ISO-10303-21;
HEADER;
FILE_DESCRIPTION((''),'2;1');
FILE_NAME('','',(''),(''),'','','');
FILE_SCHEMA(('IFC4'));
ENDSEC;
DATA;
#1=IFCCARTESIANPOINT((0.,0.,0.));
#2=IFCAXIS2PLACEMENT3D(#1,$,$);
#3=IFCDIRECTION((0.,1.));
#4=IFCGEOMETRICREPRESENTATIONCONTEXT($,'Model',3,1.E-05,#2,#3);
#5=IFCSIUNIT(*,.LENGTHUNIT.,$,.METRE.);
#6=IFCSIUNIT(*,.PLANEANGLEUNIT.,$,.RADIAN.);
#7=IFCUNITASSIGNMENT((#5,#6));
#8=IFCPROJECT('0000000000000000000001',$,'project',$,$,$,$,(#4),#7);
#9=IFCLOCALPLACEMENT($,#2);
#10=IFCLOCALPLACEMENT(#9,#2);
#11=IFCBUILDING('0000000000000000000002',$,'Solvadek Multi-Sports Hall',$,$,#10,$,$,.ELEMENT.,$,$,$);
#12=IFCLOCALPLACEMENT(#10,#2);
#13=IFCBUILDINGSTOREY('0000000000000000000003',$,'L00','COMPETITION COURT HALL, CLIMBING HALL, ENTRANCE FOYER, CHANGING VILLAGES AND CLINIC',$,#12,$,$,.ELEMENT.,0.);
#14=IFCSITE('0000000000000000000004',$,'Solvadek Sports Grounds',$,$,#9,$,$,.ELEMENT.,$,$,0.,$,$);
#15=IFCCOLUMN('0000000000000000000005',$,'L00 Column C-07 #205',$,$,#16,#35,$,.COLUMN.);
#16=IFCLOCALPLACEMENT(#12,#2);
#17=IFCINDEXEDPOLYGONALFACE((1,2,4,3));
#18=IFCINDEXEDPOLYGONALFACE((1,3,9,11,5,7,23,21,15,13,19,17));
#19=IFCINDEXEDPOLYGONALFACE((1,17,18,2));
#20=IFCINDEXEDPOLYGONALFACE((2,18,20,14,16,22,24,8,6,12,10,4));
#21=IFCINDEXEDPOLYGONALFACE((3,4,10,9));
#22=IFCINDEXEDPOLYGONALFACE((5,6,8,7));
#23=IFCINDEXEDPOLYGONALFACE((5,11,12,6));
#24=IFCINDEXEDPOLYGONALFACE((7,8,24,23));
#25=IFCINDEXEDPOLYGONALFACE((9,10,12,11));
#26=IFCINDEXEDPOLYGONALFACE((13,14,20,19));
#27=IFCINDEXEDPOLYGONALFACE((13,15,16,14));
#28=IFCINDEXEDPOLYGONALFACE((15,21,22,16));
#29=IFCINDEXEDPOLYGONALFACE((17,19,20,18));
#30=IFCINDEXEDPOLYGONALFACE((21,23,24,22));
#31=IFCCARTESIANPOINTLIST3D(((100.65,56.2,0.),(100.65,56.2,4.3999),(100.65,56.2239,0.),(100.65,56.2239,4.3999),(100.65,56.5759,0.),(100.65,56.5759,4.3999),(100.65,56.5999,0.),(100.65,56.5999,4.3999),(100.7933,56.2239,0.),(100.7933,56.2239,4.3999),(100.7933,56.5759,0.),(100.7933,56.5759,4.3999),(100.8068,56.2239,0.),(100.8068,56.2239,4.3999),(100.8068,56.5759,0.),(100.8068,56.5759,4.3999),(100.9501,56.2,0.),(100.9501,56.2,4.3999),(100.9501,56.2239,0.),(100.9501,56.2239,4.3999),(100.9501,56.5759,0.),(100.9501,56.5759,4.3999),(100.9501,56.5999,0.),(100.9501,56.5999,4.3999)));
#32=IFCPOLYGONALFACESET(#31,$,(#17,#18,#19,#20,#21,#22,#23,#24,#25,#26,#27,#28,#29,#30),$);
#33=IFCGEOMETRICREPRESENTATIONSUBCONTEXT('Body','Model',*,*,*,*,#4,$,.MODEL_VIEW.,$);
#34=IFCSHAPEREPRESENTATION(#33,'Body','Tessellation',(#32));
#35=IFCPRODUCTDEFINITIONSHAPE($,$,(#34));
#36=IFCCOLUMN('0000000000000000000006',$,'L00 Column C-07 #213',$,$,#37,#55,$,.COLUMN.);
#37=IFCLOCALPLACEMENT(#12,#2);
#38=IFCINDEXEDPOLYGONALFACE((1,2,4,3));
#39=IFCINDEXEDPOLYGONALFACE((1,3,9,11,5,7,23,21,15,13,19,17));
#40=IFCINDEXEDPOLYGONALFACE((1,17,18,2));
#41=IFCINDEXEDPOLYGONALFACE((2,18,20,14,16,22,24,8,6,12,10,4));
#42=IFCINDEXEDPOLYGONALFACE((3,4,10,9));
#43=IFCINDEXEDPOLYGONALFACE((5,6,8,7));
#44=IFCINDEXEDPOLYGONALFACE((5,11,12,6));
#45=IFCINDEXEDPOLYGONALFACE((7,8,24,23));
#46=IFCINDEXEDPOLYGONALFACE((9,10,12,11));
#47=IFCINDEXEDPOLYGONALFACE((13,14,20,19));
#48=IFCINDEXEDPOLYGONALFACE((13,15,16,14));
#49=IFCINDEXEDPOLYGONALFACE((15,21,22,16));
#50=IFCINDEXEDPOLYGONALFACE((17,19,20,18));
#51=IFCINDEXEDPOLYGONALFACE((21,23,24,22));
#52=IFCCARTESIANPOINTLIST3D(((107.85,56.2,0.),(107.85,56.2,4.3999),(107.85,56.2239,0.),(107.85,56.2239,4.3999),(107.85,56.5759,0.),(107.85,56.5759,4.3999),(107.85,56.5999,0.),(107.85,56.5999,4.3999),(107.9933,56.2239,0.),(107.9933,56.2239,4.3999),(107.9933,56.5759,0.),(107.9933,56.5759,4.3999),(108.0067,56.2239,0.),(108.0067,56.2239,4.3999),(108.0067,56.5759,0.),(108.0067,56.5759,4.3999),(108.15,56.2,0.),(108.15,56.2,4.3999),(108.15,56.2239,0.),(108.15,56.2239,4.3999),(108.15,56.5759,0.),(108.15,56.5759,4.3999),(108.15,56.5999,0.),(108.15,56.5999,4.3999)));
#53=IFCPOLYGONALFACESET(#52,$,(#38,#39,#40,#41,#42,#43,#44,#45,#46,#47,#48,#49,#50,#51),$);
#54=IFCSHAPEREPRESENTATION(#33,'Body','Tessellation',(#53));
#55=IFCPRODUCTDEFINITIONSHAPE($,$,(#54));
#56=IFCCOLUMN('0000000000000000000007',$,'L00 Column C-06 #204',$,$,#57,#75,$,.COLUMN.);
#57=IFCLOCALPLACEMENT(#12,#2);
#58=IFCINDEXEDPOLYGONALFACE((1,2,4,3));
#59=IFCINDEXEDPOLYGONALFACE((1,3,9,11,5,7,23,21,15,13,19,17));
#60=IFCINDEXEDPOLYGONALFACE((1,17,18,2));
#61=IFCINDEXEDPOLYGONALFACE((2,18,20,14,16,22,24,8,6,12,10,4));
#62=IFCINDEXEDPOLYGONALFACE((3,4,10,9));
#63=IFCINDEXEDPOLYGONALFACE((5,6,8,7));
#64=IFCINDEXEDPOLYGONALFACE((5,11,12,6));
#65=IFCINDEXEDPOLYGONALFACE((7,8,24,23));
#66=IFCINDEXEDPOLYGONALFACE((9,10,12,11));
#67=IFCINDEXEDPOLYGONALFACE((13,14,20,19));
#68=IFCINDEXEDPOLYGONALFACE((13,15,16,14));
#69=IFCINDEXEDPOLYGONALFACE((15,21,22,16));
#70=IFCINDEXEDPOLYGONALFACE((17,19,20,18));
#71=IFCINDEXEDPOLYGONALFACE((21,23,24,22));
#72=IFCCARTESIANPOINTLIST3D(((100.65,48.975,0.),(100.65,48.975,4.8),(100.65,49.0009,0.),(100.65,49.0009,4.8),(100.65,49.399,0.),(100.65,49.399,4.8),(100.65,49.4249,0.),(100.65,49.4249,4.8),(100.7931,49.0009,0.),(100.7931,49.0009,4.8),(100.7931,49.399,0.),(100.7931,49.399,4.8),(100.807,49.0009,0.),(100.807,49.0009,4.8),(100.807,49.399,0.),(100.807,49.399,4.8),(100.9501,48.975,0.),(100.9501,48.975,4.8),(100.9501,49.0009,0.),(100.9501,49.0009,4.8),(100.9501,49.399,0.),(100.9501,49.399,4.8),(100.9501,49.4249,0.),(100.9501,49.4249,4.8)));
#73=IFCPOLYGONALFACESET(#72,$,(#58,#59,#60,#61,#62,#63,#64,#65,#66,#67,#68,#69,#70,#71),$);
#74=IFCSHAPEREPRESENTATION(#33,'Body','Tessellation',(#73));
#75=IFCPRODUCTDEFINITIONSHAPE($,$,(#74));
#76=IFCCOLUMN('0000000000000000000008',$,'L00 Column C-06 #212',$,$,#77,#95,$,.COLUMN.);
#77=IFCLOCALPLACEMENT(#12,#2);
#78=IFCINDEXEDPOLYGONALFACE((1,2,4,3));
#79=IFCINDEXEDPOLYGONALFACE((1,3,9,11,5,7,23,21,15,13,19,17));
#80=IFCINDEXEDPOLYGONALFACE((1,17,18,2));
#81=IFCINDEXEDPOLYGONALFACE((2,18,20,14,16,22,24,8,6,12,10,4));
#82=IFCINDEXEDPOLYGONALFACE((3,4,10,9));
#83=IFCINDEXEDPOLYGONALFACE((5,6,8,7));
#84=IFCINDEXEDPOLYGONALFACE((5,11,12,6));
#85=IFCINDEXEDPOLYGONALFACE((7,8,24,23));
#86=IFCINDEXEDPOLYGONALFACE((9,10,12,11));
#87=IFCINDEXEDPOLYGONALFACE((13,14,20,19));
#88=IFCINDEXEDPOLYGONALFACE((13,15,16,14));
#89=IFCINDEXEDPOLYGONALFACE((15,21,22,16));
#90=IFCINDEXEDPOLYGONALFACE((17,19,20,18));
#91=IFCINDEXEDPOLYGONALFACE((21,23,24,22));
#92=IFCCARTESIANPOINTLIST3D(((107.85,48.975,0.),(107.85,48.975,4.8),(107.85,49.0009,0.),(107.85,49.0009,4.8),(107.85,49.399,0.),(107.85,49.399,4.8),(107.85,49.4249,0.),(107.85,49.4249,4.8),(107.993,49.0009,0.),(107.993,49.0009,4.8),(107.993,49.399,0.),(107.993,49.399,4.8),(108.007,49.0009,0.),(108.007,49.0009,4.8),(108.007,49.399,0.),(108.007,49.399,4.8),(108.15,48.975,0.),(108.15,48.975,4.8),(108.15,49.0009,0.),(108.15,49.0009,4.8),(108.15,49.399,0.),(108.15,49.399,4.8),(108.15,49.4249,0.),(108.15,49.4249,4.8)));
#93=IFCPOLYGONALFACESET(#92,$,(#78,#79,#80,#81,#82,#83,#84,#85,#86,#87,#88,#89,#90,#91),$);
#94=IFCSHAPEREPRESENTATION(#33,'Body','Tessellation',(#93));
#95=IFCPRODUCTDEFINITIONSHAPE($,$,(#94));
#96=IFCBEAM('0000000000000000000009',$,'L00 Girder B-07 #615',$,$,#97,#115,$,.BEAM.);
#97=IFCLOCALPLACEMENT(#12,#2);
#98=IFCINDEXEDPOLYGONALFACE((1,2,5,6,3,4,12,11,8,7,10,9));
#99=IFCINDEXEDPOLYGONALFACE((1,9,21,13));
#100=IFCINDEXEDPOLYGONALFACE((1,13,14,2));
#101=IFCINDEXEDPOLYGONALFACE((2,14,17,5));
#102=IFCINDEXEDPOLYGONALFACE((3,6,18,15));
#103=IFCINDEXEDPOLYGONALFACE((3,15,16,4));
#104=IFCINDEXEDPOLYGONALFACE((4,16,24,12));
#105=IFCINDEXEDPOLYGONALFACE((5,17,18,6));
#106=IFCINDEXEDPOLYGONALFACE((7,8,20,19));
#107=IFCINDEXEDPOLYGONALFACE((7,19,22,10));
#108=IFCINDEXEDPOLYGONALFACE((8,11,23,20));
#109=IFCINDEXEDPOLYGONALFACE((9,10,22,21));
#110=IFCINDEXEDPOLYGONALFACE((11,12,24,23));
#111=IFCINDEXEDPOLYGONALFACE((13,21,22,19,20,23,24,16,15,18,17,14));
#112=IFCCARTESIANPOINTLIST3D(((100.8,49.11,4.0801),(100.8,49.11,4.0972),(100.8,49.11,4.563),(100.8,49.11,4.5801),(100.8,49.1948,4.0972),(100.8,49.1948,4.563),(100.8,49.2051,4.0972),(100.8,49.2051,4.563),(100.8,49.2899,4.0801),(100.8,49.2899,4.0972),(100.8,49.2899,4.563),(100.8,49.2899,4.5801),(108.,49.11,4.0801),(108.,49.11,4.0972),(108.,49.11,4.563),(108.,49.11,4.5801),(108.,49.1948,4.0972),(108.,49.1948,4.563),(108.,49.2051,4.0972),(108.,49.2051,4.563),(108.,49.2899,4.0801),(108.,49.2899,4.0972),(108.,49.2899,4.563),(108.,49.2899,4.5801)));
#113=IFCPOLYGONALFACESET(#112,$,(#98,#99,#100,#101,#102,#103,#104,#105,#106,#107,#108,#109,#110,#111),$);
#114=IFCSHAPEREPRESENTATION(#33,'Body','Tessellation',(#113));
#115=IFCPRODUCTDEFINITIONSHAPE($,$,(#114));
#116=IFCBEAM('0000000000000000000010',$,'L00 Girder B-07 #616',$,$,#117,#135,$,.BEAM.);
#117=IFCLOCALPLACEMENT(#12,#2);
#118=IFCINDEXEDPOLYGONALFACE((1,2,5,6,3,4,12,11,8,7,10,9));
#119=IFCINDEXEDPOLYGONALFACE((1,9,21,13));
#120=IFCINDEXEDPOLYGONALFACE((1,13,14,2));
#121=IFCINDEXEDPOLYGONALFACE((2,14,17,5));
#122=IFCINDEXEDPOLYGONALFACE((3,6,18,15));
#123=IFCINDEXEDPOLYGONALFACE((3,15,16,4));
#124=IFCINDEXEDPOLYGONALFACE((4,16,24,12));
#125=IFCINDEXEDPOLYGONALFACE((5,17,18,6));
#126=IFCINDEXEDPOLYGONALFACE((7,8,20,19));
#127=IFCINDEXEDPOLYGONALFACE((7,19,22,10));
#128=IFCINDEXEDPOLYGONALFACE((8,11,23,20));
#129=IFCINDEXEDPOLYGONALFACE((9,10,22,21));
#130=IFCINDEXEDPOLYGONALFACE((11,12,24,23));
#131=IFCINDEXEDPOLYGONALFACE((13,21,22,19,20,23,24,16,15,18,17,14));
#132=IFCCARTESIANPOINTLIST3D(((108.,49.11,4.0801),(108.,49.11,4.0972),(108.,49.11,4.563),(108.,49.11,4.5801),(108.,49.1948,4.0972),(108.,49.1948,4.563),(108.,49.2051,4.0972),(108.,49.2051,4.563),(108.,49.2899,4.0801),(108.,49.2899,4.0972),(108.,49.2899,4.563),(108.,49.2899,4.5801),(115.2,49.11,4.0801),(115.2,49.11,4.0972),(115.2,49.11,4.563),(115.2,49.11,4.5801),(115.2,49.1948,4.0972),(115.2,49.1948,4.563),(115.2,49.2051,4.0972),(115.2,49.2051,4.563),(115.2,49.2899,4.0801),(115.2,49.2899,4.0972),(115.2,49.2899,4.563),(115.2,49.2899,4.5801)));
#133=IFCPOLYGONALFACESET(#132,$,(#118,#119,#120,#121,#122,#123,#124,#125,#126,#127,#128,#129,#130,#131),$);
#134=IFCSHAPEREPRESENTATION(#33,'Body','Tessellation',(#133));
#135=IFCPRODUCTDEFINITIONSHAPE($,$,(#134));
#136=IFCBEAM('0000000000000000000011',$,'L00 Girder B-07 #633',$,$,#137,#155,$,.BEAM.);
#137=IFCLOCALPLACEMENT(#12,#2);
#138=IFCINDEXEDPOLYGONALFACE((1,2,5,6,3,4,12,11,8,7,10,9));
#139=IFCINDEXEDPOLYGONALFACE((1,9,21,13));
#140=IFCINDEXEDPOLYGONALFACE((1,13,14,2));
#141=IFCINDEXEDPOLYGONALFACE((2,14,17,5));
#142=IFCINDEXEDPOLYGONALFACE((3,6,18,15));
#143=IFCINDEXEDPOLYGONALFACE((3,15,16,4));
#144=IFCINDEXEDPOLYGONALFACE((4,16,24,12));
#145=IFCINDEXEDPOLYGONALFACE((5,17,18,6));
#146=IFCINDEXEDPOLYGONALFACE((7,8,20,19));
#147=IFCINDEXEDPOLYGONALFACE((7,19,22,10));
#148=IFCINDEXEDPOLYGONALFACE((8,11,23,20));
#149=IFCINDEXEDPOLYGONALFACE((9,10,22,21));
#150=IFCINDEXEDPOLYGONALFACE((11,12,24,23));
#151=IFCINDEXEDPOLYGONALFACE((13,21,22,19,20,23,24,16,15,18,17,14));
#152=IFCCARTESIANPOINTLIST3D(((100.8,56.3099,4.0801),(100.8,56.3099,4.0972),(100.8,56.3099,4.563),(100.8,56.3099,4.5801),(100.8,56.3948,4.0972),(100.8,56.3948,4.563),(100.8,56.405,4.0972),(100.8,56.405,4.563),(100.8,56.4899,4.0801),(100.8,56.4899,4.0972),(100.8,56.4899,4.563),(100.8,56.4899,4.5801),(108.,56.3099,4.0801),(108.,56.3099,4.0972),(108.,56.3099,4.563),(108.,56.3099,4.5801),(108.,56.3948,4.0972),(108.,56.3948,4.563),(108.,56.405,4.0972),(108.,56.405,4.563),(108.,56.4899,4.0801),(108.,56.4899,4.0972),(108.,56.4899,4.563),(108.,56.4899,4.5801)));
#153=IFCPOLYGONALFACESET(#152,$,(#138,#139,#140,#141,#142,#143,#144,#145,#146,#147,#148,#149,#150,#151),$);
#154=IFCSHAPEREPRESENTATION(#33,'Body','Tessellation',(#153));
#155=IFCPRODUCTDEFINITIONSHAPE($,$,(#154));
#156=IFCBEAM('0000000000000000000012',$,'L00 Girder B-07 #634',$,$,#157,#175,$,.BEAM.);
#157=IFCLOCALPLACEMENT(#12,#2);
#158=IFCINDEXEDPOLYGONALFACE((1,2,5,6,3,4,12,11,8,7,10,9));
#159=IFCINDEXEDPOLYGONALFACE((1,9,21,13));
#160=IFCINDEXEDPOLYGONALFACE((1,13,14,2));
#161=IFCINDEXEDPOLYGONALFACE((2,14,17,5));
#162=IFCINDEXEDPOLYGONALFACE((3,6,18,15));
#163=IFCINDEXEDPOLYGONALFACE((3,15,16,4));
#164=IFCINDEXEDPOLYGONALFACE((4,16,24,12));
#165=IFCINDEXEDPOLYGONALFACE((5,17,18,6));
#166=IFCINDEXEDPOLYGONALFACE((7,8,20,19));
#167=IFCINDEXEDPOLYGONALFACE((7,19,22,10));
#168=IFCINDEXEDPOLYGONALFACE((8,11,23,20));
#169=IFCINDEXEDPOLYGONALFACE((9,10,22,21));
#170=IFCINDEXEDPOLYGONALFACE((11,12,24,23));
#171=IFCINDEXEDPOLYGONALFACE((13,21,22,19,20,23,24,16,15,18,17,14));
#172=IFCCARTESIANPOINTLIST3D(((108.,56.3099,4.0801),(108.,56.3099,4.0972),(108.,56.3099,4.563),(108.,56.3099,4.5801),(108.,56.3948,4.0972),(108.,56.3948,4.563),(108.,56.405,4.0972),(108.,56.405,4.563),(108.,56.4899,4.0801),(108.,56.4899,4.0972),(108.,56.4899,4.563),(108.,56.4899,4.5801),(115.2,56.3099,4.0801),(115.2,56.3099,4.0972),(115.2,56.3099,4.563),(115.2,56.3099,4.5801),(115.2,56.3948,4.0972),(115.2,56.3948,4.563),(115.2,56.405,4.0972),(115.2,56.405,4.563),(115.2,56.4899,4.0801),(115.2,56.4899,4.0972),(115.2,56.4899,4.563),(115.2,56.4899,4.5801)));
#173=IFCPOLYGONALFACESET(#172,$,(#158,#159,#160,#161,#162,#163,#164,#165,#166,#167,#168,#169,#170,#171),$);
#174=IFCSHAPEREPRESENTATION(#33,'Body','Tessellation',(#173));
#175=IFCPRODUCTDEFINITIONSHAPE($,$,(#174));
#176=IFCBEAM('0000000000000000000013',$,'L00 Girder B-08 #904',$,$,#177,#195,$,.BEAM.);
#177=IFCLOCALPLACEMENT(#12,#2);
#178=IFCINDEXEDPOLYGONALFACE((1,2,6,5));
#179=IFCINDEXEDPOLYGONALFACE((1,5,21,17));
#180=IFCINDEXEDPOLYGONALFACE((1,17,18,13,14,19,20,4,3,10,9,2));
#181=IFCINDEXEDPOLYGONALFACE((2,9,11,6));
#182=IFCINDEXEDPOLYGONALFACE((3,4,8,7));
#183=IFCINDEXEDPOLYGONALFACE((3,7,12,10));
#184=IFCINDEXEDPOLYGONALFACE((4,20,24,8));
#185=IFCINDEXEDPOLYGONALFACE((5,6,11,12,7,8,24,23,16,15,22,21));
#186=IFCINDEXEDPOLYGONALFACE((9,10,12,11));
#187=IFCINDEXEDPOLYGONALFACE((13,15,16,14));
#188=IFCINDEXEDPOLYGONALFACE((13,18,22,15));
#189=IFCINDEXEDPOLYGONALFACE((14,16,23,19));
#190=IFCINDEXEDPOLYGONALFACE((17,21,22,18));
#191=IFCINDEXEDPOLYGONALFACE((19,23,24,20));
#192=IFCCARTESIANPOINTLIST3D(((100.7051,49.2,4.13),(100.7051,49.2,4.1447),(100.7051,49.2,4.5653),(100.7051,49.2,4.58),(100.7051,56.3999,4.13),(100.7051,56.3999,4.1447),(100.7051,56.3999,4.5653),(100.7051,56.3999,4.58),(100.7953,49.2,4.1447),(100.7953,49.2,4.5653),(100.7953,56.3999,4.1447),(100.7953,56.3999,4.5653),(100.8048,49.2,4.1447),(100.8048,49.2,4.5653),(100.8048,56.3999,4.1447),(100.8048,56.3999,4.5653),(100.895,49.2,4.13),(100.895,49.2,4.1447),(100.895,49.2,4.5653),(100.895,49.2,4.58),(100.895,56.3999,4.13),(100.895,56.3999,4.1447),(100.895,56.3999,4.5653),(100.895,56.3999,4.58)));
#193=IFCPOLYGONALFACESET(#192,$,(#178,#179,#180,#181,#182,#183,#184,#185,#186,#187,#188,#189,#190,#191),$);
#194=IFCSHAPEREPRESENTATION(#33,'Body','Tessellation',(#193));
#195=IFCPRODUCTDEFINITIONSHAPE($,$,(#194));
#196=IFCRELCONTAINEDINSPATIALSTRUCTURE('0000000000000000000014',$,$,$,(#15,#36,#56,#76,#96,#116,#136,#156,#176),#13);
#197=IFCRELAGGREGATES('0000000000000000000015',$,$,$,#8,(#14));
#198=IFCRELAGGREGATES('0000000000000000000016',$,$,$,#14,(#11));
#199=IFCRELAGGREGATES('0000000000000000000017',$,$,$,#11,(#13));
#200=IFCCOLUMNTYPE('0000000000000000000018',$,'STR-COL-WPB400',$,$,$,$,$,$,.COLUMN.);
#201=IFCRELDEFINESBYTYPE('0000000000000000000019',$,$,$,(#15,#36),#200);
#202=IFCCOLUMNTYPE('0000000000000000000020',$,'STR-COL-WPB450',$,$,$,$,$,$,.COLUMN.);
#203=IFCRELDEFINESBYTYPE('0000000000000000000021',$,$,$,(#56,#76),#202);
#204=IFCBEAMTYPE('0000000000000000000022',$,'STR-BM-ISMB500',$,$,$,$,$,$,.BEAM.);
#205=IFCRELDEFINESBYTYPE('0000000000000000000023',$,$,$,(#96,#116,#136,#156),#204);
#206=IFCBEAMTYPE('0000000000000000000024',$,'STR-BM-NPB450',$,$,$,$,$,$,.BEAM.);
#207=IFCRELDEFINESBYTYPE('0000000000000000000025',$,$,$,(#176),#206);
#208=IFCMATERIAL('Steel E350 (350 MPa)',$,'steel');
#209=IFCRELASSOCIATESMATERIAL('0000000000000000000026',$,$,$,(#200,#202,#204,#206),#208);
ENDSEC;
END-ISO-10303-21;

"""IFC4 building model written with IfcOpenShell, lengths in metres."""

from ifc_helpers import new_model, si_unit, direction, frame, origin, origin_2d, place, context, subcontext, project, spatial, i_section, extrude, material, material_profile, profile_set, type_object, element, save


model = new_model("IFC4")

# Units and contexts
model_context = context("Model", 3, precision=1e-05, world=origin(), true_north=direction((0.0, 1.0)))
body_context = subcontext(model_context, "Body", "Model", "MODEL_VIEW")
ifc_project = project(units=[si_unit("LENGTHUNIT", "METRE"), si_unit("PLANEANGLEUNIT", "RADIAN")], contexts=[model_context])

# Site, building, storey
site_placement = place(None, origin())
site = spatial("IfcSite", under=ifc_project, at=site_placement, Name="Solvadek Sports Grounds", CompositionType="ELEMENT", RefElevation=0.0)
building_placement = place(site_placement, origin())
building = spatial("IfcBuilding", under=site, at=building_placement, Name="Solvadek Multi-Sports Hall", CompositionType="ELEMENT")
storey_placement = place(building_placement, origin())
storey = spatial("IfcBuildingStorey", under=building, at=storey_placement, Name="L00", Description="COMPETITION COURT HALL, CLIMBING HALL, ENTRANCE FOYER, CHANGING VILLAGES AND CLINIC", CompositionType="ELEMENT", Elevation=0.0)

# Columns
ifc_material_1 = material(Name="Steel E350 (350 MPa)", Category="steel")
ifc_material_profile_1 = material_profile(ifc_material_1, i_section(OverallWidth=0.3, OverallDepth=0.3999, WebThickness=0.0134, FlangeThickness=0.0239, at=origin_2d()), Name="WPB 400")
ifc_profile_set_1 = profile_set([ifc_material_profile_1], Name="Steel E350 (350 MPa)")
column_type_1 = type_object("IfcColumnType", Name="STR-COL-WPB400", PredefinedType="COLUMN", material=ifc_profile_set_1)
for number, where, z_axis, x_axis, name in (
    (1, (100.8, 56.3999, 0.0), (0.0, 0.0, 1.0), (1.0, 0.0, 0.0), "L00 Column C-07 #205"),
    (2, (108.0, 56.3999, 0.0), (0.0, 0.0, 1.0), (1.0, 0.0, 0.0), "L00 Column C-07 #213"),
):
    element("IfcColumn", number, at=place(storey_placement, frame(where, z_axis=z_axis, x_axis=x_axis)), inside=storey, type_object=column_type_1, Name=name, PredefinedType="COLUMN", context=body_context, shape_type="SweptSolid", body=[
        extrude(i_section(OverallWidth=0.3, OverallDepth=0.3999, WebThickness=0.0134, FlangeThickness=0.0239, at=origin_2d()), origin(), (0.0, 0.0, 1.0), 4.3999),
    ])
ifc_material_profile_2 = material_profile(ifc_material_1, i_section(OverallWidth=0.3, OverallDepth=0.45, WebThickness=0.0139, FlangeThickness=0.0259, at=origin_2d()), Name="WPB 450")
ifc_profile_set_2 = profile_set([ifc_material_profile_2], Name="Steel E350 (350 MPa)")
column_type_2 = type_object("IfcColumnType", Name="STR-COL-WPB450", PredefinedType="COLUMN", material=ifc_profile_set_2)
for number, where, z_axis, x_axis, name in (
    (3, (100.8, 49.2, 0.0), (0.0, 0.0, 1.0), (1.0, 0.0, 0.0), "L00 Column C-06 #204"),
    (4, (108.0, 49.2, 0.0), (0.0, 0.0, 1.0), (1.0, 0.0, 0.0), "L00 Column C-06 #212"),
):
    element("IfcColumn", number, at=place(storey_placement, frame(where, z_axis=z_axis, x_axis=x_axis)), inside=storey, type_object=column_type_2, Name=name, PredefinedType="COLUMN", context=body_context, shape_type="SweptSolid", body=[
        extrude(i_section(OverallWidth=0.3, OverallDepth=0.45, WebThickness=0.0139, FlangeThickness=0.0259, at=origin_2d()), origin(), (0.0, 0.0, 1.0), 4.8),
    ])

# Beams
ifc_material_profile_3 = material_profile(ifc_material_1, i_section(OverallWidth=0.1799, OverallDepth=0.5, WebThickness=0.0103, FlangeThickness=0.0171, at=origin_2d()), Name="ISMB 500")
ifc_profile_set_3 = profile_set([ifc_material_profile_3], Name="Steel E350 (350 MPa)")
beam_type_1 = type_object("IfcBeamType", Name="STR-BM-ISMB500", PredefinedType="BEAM", material=ifc_profile_set_3)
for number, where, z_axis, x_axis, name in (
    (5, (100.8, 49.2, 4.3301), (1.0, 0.0, 0.0), (0.0, 1.0, 0.0), "L00 Girder B-07 #615"),
    (6, (108.0, 49.2, 4.3301), (1.0, 0.0, 0.0), (0.0, 1.0, 0.0), "L00 Girder B-07 #616"),
    (7, (100.8, 56.3999, 4.3301), (1.0, 0.0, 0.0), (0.0, 1.0, 0.0), "L00 Girder B-07 #633"),
    (8, (108.0, 56.3999, 4.3301), (1.0, 0.0, 0.0), (0.0, 1.0, 0.0), "L00 Girder B-07 #634"),
):
    element("IfcBeam", number, at=place(storey_placement, frame(where, z_axis=z_axis, x_axis=x_axis)), inside=storey, type_object=beam_type_1, Name=name, PredefinedType="BEAM", context=body_context, shape_type="SweptSolid", body=[
        extrude(i_section(OverallWidth=0.1799, OverallDepth=0.5, WebThickness=0.0103, FlangeThickness=0.0171, at=origin_2d()), origin(), (0.0, 0.0, 1.0), 7.2),
    ])
ifc_material_profile_4 = material_profile(ifc_material_1, i_section(OverallWidth=0.1899, OverallDepth=0.45, WebThickness=0.0095, FlangeThickness=0.0146, at=origin_2d()), Name="NPB 450")
ifc_profile_set_4 = profile_set([ifc_material_profile_4], Name="Steel E350 (350 MPa)")
beam_type_2 = type_object("IfcBeamType", Name="STR-BM-NPB450", PredefinedType="BEAM", material=ifc_profile_set_4)
for number, where, z_axis, x_axis, name in (
    (9, (100.8, 49.2, 4.355), (0.0, 1.0, 0.0), (-1.0, 0.0, 0.0), "L00 Girder B-08 #904"),
):
    element("IfcBeam", number, at=place(storey_placement, frame(where, z_axis=z_axis, x_axis=x_axis)), inside=storey, type_object=beam_type_2, Name=name, PredefinedType="BEAM", context=body_context, shape_type="SweptSolid", body=[
        extrude(i_section(OverallWidth=0.1899, OverallDepth=0.45, WebThickness=0.0095, FlangeThickness=0.0146, at=origin_2d()), origin(), (0.0, 0.0, 1.0), 7.2),
    ])

save(model, "model.ifc")
